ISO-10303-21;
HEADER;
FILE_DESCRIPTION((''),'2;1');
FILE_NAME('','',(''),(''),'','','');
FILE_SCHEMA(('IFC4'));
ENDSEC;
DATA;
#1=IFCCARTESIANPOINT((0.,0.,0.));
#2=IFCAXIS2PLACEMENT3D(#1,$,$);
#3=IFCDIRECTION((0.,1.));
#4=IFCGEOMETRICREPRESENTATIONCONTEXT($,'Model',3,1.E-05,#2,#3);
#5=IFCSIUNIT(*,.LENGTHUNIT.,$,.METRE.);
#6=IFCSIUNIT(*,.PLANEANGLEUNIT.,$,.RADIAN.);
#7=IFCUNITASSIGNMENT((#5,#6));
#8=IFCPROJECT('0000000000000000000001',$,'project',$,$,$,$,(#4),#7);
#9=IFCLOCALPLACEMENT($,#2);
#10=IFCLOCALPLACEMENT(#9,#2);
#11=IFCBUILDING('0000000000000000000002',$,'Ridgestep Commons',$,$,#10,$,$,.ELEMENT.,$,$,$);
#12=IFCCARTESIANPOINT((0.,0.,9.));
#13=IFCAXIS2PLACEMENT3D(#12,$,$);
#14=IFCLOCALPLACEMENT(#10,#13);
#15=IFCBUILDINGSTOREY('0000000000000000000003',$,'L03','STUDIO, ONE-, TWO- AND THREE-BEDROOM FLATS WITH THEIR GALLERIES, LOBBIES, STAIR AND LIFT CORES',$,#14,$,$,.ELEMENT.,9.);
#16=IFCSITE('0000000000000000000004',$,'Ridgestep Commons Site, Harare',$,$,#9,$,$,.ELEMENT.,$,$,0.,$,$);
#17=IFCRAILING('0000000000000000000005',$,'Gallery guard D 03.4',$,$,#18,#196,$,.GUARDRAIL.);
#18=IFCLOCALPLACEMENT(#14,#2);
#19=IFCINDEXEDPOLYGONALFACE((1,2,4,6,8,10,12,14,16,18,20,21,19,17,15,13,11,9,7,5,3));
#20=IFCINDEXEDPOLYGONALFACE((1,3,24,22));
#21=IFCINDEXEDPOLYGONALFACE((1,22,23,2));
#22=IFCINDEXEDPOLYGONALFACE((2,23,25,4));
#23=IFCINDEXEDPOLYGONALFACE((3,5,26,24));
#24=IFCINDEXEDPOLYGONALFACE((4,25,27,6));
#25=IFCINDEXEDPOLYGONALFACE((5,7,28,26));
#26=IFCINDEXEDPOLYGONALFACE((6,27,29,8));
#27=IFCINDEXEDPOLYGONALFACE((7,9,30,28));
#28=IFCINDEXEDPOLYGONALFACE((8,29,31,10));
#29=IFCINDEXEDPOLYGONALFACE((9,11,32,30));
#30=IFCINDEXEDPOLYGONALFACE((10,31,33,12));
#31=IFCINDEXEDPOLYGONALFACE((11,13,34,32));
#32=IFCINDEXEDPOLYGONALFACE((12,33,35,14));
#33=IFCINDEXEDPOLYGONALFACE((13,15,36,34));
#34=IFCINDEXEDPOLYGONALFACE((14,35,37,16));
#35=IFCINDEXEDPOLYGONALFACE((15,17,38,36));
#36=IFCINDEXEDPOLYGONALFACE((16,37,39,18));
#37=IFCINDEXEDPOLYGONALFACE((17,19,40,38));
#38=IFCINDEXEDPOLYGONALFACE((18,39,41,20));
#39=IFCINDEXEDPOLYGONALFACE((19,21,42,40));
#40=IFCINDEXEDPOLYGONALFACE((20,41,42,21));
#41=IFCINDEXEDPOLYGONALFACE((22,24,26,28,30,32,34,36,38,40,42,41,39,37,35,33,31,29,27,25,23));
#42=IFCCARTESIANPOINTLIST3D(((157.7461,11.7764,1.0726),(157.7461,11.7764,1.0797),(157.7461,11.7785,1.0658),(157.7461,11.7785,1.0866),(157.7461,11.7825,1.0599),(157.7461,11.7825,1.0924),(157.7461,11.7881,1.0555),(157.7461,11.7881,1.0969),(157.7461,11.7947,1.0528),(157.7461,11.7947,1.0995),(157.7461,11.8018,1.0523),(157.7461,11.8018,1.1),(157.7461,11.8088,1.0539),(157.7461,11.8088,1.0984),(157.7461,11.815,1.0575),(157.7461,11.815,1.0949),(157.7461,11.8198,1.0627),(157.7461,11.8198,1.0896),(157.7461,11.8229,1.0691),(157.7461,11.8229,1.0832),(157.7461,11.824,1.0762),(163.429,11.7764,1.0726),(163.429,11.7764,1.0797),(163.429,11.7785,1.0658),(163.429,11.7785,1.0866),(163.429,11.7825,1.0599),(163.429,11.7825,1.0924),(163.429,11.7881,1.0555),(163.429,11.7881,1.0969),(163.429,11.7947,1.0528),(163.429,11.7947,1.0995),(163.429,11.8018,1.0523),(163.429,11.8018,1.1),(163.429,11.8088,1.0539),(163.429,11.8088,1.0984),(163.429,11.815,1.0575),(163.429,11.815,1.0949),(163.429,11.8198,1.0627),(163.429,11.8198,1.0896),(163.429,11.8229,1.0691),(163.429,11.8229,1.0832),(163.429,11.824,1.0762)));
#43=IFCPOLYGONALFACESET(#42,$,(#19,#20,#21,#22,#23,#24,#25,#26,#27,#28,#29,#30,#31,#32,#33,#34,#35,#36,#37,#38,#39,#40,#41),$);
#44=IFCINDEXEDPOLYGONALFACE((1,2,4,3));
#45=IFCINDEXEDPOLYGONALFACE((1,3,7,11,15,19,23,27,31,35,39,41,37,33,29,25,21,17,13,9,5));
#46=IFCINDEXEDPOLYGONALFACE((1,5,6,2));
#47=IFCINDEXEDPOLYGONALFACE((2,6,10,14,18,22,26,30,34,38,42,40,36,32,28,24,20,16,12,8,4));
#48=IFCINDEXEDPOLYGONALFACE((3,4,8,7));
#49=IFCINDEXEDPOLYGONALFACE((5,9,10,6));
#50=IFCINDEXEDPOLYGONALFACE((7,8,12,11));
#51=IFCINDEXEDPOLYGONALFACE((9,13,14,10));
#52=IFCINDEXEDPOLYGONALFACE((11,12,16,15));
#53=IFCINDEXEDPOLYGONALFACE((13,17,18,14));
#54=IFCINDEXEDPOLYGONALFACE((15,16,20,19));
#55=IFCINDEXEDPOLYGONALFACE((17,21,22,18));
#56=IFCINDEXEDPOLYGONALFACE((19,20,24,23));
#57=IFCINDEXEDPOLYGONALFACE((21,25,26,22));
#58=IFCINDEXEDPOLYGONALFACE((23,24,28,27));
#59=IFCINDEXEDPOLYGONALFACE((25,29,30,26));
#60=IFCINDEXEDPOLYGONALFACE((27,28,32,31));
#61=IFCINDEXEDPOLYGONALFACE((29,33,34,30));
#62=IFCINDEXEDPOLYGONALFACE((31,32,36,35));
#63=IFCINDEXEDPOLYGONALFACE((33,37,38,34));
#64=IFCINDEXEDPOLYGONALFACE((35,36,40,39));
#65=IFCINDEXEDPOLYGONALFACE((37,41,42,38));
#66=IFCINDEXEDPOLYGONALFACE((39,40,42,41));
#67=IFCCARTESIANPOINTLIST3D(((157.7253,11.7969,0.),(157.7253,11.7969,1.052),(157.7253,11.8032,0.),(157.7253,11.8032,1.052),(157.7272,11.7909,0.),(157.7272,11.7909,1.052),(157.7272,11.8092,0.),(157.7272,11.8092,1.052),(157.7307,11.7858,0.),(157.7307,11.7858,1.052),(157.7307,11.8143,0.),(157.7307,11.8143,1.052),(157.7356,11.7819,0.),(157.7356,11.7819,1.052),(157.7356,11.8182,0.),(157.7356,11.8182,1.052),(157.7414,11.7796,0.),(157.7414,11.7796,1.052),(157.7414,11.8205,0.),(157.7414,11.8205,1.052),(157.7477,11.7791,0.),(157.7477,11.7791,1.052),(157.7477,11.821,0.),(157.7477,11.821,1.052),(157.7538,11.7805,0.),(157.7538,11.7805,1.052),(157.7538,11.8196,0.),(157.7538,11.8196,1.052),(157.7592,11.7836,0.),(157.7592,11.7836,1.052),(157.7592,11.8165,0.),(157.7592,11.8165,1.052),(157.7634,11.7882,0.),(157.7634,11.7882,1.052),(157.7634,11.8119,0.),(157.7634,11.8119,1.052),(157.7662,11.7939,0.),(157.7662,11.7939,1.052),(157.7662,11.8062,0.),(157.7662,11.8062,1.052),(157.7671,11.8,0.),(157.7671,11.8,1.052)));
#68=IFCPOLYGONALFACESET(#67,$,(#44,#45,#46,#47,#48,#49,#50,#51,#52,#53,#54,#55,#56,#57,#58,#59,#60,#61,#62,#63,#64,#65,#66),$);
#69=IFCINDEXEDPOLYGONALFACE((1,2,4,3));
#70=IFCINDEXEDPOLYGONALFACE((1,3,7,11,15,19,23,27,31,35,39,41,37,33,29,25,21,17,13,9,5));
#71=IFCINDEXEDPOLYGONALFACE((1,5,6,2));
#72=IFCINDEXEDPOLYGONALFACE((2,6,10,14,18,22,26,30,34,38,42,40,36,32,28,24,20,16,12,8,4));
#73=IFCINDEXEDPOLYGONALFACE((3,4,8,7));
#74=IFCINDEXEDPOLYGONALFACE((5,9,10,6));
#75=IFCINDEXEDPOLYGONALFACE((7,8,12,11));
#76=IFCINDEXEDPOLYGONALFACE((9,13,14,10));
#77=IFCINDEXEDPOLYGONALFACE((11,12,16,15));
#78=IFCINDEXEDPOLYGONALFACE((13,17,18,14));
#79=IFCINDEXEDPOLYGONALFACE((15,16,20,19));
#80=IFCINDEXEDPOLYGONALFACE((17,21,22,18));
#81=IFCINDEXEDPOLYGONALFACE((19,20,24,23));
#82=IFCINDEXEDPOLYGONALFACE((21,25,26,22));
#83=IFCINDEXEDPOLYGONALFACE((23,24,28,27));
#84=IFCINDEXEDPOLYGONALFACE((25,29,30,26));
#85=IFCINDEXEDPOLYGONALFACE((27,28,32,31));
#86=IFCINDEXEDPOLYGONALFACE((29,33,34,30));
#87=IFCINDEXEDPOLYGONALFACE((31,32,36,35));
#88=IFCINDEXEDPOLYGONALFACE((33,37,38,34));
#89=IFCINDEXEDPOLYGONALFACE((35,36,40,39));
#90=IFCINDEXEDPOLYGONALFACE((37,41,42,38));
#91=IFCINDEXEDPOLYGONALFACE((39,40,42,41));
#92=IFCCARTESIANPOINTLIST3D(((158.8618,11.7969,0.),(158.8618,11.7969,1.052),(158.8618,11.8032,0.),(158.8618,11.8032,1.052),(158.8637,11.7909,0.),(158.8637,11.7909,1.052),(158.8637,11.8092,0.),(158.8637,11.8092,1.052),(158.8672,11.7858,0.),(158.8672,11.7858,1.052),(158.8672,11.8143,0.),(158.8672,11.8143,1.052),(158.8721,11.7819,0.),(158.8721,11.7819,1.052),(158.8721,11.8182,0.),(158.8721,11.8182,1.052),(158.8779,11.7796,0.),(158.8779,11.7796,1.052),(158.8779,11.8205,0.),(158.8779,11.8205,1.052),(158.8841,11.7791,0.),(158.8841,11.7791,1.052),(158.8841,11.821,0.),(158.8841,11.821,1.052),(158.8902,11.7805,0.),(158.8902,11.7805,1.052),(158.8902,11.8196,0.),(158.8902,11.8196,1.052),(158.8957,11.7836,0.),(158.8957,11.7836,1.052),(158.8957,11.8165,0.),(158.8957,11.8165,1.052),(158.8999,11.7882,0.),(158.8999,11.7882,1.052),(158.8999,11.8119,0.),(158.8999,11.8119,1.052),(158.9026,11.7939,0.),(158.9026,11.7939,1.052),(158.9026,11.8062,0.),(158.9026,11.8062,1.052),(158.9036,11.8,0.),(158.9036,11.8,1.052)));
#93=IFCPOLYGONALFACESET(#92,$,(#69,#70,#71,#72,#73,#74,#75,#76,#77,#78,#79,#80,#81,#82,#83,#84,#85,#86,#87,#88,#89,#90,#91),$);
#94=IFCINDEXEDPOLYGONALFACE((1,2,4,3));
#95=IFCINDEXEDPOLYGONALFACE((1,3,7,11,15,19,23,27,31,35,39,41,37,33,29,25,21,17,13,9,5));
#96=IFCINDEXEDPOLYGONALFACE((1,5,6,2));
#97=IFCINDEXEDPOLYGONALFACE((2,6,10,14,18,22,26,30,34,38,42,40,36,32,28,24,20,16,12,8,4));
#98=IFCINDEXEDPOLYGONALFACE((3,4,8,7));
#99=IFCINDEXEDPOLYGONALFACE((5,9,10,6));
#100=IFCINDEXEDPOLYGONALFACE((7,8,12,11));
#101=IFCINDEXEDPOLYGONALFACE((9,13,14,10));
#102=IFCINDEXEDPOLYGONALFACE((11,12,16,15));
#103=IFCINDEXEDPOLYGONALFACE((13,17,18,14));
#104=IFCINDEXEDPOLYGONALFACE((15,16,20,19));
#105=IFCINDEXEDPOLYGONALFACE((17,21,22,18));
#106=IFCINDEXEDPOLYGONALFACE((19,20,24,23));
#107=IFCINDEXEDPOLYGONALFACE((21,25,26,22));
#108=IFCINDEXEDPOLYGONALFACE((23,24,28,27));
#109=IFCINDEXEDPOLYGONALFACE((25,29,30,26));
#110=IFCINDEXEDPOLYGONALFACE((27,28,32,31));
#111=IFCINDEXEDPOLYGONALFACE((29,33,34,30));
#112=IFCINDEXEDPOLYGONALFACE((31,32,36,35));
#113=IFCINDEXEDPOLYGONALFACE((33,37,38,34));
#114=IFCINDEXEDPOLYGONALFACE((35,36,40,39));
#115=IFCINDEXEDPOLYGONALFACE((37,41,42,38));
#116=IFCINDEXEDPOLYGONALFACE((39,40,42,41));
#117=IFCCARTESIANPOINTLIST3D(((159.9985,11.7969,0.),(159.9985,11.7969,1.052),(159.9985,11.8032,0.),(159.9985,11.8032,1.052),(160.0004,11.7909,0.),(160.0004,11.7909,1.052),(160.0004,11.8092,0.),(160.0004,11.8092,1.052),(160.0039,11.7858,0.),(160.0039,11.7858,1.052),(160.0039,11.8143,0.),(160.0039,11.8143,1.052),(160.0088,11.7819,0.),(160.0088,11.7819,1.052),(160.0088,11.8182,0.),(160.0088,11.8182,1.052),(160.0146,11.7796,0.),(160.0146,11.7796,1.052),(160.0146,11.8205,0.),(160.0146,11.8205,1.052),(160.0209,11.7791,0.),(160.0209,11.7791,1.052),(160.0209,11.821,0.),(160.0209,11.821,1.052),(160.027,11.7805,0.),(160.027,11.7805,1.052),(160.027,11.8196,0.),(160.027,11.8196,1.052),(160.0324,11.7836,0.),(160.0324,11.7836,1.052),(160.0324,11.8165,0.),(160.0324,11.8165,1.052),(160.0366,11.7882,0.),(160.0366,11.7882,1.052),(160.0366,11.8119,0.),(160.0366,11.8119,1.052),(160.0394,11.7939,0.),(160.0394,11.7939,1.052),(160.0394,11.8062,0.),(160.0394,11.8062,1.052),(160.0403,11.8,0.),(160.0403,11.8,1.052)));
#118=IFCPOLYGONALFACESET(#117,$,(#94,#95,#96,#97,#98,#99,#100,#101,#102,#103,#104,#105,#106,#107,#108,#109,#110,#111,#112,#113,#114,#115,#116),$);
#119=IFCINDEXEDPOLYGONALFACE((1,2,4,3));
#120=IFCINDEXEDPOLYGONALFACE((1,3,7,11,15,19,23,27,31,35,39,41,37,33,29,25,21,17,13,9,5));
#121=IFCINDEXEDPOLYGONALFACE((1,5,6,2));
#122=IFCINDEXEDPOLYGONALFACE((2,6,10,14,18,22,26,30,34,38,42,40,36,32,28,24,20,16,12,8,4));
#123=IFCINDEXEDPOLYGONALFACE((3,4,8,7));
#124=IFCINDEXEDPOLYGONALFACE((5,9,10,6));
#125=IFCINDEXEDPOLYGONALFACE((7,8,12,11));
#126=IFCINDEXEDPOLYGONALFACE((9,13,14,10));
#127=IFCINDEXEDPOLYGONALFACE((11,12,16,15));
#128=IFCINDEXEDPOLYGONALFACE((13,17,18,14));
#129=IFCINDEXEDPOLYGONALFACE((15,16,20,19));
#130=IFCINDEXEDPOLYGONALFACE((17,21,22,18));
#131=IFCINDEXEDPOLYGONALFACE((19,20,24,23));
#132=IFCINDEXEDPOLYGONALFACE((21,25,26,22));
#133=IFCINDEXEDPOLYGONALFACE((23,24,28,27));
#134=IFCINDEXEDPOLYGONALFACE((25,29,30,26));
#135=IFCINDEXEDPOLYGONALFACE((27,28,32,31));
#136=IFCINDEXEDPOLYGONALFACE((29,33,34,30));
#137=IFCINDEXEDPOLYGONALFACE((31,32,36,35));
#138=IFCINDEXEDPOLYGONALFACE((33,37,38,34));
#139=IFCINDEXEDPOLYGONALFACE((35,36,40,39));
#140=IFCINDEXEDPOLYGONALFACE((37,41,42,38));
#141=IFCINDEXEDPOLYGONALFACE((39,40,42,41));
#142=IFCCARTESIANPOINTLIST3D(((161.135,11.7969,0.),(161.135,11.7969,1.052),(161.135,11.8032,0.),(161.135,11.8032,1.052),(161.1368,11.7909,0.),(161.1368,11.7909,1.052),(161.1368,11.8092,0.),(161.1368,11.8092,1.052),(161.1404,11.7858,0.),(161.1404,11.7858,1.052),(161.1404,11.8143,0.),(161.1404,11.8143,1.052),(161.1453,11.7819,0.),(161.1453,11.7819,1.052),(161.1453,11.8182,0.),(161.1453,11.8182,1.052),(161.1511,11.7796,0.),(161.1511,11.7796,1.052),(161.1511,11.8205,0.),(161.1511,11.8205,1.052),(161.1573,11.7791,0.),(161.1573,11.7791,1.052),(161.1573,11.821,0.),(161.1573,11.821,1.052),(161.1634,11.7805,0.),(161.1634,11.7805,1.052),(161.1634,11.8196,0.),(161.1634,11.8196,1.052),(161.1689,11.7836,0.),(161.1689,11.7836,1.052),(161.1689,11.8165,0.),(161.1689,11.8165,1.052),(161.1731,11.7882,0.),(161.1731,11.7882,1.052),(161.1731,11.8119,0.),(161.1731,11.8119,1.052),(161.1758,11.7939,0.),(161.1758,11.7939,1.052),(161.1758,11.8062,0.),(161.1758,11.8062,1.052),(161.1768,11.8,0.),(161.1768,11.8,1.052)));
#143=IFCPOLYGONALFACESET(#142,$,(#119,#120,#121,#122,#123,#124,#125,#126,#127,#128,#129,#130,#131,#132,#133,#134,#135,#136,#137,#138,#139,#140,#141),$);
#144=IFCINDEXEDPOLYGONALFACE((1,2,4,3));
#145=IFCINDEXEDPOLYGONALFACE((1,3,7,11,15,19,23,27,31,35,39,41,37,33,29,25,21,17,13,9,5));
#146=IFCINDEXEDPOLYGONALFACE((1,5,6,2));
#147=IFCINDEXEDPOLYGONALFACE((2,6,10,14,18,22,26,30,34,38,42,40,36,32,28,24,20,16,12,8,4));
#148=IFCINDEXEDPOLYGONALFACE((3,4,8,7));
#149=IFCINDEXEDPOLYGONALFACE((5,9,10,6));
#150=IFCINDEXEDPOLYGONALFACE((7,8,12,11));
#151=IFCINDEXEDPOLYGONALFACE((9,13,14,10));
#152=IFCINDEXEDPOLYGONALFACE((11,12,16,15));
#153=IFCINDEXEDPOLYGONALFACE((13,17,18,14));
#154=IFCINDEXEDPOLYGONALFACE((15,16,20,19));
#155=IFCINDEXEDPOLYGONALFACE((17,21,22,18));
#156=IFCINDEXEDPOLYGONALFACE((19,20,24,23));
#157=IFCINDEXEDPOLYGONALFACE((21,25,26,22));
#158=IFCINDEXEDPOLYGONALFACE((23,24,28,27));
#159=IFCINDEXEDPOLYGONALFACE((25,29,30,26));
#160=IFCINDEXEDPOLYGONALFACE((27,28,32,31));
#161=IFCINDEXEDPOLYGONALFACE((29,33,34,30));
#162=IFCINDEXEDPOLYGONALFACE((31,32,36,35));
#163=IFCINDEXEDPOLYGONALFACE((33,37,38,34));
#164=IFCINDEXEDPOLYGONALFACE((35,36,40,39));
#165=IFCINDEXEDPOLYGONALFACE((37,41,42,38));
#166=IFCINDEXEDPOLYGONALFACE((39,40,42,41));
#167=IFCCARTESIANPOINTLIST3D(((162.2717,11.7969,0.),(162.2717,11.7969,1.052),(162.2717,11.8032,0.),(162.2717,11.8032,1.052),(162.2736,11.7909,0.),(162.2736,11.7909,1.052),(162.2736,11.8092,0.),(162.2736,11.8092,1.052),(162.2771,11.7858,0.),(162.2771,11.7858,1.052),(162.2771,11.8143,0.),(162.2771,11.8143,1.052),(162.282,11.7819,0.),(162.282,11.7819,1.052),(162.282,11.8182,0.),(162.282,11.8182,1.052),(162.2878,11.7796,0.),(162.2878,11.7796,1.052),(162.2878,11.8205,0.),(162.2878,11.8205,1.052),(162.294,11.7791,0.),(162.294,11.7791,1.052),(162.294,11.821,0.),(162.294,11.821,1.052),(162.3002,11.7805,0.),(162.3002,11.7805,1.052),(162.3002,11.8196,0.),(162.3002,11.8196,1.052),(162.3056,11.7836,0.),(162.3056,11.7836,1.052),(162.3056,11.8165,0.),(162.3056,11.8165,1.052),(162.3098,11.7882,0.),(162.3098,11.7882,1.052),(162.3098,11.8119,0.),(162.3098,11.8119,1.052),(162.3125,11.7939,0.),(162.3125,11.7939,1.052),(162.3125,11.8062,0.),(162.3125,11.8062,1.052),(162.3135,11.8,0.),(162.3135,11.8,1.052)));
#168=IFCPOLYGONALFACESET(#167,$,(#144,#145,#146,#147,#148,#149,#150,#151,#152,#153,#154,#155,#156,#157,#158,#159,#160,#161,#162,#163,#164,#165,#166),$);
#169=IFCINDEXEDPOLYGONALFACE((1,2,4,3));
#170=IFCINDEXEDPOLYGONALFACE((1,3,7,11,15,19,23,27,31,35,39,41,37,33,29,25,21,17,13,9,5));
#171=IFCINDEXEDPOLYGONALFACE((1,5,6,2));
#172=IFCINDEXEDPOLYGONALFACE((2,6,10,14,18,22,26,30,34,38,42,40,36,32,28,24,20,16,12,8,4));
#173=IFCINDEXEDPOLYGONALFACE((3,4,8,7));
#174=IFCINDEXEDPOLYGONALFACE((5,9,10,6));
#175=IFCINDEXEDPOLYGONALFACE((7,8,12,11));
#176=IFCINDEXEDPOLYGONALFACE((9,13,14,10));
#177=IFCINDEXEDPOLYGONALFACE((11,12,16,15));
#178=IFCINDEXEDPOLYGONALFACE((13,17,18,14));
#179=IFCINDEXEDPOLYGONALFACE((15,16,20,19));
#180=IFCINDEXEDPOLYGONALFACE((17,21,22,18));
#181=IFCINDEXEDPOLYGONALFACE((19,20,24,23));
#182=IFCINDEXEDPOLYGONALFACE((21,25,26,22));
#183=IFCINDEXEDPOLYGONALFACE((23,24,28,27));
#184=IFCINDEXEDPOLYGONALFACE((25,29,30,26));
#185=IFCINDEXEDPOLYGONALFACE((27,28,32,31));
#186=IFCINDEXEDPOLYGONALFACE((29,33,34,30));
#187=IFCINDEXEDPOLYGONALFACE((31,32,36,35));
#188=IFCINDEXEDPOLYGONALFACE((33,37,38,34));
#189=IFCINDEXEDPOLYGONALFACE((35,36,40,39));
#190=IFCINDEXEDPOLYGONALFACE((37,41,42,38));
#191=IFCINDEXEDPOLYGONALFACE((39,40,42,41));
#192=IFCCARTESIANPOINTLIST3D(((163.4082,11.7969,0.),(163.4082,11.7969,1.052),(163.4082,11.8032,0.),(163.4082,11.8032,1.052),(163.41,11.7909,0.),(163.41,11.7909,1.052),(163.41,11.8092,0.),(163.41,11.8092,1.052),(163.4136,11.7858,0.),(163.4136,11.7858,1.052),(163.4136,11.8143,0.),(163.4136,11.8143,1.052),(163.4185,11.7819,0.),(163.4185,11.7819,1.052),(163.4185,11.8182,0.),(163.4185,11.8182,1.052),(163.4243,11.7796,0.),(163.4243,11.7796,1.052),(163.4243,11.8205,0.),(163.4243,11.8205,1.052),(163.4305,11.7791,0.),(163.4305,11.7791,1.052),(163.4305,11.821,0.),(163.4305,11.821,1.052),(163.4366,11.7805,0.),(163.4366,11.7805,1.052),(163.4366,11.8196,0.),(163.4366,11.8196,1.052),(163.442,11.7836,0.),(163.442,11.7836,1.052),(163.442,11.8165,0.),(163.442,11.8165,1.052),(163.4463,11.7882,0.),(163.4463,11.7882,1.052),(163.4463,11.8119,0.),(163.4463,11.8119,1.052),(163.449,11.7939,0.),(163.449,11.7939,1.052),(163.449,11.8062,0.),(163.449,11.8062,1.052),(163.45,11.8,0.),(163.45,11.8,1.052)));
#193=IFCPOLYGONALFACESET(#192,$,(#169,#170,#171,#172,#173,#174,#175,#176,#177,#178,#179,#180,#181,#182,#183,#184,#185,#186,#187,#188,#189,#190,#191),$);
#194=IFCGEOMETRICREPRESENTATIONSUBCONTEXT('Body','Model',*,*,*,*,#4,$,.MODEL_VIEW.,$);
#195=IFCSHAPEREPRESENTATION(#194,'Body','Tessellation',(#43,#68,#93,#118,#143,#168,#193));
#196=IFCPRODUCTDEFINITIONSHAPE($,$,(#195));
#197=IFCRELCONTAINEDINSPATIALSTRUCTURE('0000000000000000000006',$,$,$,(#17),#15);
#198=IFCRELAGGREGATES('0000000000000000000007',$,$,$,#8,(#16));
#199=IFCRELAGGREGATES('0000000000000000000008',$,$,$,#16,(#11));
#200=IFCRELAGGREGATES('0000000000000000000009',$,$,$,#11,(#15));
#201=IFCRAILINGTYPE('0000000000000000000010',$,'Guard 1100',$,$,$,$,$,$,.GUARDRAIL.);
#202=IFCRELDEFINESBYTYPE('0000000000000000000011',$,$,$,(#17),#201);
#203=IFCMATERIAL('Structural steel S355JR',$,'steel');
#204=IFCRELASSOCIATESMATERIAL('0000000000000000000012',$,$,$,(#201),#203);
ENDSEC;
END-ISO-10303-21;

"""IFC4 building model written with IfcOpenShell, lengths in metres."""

from ifc_helpers import new_model, si_unit, direction, frame, origin, origin_2d, place, context, subcontext, project, spatial, circle, extrude, material, type_object, element, save


model = new_model("IFC4")

# Units and contexts
model_context = context("Model", 3, precision=1e-05, world=origin(), true_north=direction((0.0, 1.0)))
body_context = subcontext(model_context, "Body", "Model", "MODEL_VIEW")
ifc_project = project(units=[si_unit("LENGTHUNIT", "METRE"), si_unit("PLANEANGLEUNIT", "RADIAN")], contexts=[model_context])

# Site, building, storey
site_placement = place(None, origin())
site = spatial("IfcSite", under=ifc_project, at=site_placement, Name="Ridgestep Commons Site, Harare", CompositionType="ELEMENT", RefElevation=0.0)
building_placement = place(site_placement, origin())
building = spatial("IfcBuilding", under=site, at=building_placement, Name="Ridgestep Commons", CompositionType="ELEMENT")
storey_placement = place(building_placement, frame((0.0, 0.0, 9.0)))
storey = spatial("IfcBuildingStorey", under=building, at=storey_placement, Name="L03", Description="STUDIO, ONE-, TWO- AND THREE-BEDROOM FLATS WITH THEIR GALLERIES, LOBBIES, STAIR AND LIFT CORES", CompositionType="ELEMENT", Elevation=9.0)

# Railing
ifc_material_1 = material(Name="Structural steel S355JR", Category="steel")
railing_type = type_object("IfcRailingType", Name="Guard 1100", PredefinedType="GUARDRAIL", material=ifc_material_1)
railing_1_placement = place(storey_placement, frame((157.7461, 11.8, 0.0)))
element("IfcRailing", 1, at=railing_1_placement, inside=storey, type_object=railing_type, Name="Gallery guard D 03.4", PredefinedType="GUARDRAIL", context=body_context, shape_type="SweptSolid", body=[
    extrude(circle(Radius=0.0239, at=origin_2d()), frame((0.0, 0.0, 1.0762), z_axis=(1.0, 0.0, 0.0), x_axis=(0.0, 1.0, 0.0)), (0.0, 0.0, 1.0), 5.6829),
    extrude(circle(Radius=0.021, at=origin_2d()), origin(), (0.0, 0.0, 1.0), 1.052),
    extrude(circle(Radius=0.021, at=origin_2d()), frame((1.1365, 0.0, 0.0)), (0.0, 0.0, 1.0), 1.052),
    extrude(circle(Radius=0.021, at=origin_2d()), frame((2.2732, 0.0, 0.0)), (0.0, 0.0, 1.0), 1.052),
    extrude(circle(Radius=0.021, at=origin_2d()), frame((3.4097, 0.0, 0.0)), (0.0, 0.0, 1.0), 1.052),
    extrude(circle(Radius=0.021, at=origin_2d()), frame((4.5464, 0.0, 0.0)), (0.0, 0.0, 1.0), 1.052),
    extrude(circle(Radius=0.021, at=origin_2d()), frame((5.6829, 0.0, 0.0)), (0.0, 0.0, 1.0), 1.052),
])

save(model, "model.ifc")
